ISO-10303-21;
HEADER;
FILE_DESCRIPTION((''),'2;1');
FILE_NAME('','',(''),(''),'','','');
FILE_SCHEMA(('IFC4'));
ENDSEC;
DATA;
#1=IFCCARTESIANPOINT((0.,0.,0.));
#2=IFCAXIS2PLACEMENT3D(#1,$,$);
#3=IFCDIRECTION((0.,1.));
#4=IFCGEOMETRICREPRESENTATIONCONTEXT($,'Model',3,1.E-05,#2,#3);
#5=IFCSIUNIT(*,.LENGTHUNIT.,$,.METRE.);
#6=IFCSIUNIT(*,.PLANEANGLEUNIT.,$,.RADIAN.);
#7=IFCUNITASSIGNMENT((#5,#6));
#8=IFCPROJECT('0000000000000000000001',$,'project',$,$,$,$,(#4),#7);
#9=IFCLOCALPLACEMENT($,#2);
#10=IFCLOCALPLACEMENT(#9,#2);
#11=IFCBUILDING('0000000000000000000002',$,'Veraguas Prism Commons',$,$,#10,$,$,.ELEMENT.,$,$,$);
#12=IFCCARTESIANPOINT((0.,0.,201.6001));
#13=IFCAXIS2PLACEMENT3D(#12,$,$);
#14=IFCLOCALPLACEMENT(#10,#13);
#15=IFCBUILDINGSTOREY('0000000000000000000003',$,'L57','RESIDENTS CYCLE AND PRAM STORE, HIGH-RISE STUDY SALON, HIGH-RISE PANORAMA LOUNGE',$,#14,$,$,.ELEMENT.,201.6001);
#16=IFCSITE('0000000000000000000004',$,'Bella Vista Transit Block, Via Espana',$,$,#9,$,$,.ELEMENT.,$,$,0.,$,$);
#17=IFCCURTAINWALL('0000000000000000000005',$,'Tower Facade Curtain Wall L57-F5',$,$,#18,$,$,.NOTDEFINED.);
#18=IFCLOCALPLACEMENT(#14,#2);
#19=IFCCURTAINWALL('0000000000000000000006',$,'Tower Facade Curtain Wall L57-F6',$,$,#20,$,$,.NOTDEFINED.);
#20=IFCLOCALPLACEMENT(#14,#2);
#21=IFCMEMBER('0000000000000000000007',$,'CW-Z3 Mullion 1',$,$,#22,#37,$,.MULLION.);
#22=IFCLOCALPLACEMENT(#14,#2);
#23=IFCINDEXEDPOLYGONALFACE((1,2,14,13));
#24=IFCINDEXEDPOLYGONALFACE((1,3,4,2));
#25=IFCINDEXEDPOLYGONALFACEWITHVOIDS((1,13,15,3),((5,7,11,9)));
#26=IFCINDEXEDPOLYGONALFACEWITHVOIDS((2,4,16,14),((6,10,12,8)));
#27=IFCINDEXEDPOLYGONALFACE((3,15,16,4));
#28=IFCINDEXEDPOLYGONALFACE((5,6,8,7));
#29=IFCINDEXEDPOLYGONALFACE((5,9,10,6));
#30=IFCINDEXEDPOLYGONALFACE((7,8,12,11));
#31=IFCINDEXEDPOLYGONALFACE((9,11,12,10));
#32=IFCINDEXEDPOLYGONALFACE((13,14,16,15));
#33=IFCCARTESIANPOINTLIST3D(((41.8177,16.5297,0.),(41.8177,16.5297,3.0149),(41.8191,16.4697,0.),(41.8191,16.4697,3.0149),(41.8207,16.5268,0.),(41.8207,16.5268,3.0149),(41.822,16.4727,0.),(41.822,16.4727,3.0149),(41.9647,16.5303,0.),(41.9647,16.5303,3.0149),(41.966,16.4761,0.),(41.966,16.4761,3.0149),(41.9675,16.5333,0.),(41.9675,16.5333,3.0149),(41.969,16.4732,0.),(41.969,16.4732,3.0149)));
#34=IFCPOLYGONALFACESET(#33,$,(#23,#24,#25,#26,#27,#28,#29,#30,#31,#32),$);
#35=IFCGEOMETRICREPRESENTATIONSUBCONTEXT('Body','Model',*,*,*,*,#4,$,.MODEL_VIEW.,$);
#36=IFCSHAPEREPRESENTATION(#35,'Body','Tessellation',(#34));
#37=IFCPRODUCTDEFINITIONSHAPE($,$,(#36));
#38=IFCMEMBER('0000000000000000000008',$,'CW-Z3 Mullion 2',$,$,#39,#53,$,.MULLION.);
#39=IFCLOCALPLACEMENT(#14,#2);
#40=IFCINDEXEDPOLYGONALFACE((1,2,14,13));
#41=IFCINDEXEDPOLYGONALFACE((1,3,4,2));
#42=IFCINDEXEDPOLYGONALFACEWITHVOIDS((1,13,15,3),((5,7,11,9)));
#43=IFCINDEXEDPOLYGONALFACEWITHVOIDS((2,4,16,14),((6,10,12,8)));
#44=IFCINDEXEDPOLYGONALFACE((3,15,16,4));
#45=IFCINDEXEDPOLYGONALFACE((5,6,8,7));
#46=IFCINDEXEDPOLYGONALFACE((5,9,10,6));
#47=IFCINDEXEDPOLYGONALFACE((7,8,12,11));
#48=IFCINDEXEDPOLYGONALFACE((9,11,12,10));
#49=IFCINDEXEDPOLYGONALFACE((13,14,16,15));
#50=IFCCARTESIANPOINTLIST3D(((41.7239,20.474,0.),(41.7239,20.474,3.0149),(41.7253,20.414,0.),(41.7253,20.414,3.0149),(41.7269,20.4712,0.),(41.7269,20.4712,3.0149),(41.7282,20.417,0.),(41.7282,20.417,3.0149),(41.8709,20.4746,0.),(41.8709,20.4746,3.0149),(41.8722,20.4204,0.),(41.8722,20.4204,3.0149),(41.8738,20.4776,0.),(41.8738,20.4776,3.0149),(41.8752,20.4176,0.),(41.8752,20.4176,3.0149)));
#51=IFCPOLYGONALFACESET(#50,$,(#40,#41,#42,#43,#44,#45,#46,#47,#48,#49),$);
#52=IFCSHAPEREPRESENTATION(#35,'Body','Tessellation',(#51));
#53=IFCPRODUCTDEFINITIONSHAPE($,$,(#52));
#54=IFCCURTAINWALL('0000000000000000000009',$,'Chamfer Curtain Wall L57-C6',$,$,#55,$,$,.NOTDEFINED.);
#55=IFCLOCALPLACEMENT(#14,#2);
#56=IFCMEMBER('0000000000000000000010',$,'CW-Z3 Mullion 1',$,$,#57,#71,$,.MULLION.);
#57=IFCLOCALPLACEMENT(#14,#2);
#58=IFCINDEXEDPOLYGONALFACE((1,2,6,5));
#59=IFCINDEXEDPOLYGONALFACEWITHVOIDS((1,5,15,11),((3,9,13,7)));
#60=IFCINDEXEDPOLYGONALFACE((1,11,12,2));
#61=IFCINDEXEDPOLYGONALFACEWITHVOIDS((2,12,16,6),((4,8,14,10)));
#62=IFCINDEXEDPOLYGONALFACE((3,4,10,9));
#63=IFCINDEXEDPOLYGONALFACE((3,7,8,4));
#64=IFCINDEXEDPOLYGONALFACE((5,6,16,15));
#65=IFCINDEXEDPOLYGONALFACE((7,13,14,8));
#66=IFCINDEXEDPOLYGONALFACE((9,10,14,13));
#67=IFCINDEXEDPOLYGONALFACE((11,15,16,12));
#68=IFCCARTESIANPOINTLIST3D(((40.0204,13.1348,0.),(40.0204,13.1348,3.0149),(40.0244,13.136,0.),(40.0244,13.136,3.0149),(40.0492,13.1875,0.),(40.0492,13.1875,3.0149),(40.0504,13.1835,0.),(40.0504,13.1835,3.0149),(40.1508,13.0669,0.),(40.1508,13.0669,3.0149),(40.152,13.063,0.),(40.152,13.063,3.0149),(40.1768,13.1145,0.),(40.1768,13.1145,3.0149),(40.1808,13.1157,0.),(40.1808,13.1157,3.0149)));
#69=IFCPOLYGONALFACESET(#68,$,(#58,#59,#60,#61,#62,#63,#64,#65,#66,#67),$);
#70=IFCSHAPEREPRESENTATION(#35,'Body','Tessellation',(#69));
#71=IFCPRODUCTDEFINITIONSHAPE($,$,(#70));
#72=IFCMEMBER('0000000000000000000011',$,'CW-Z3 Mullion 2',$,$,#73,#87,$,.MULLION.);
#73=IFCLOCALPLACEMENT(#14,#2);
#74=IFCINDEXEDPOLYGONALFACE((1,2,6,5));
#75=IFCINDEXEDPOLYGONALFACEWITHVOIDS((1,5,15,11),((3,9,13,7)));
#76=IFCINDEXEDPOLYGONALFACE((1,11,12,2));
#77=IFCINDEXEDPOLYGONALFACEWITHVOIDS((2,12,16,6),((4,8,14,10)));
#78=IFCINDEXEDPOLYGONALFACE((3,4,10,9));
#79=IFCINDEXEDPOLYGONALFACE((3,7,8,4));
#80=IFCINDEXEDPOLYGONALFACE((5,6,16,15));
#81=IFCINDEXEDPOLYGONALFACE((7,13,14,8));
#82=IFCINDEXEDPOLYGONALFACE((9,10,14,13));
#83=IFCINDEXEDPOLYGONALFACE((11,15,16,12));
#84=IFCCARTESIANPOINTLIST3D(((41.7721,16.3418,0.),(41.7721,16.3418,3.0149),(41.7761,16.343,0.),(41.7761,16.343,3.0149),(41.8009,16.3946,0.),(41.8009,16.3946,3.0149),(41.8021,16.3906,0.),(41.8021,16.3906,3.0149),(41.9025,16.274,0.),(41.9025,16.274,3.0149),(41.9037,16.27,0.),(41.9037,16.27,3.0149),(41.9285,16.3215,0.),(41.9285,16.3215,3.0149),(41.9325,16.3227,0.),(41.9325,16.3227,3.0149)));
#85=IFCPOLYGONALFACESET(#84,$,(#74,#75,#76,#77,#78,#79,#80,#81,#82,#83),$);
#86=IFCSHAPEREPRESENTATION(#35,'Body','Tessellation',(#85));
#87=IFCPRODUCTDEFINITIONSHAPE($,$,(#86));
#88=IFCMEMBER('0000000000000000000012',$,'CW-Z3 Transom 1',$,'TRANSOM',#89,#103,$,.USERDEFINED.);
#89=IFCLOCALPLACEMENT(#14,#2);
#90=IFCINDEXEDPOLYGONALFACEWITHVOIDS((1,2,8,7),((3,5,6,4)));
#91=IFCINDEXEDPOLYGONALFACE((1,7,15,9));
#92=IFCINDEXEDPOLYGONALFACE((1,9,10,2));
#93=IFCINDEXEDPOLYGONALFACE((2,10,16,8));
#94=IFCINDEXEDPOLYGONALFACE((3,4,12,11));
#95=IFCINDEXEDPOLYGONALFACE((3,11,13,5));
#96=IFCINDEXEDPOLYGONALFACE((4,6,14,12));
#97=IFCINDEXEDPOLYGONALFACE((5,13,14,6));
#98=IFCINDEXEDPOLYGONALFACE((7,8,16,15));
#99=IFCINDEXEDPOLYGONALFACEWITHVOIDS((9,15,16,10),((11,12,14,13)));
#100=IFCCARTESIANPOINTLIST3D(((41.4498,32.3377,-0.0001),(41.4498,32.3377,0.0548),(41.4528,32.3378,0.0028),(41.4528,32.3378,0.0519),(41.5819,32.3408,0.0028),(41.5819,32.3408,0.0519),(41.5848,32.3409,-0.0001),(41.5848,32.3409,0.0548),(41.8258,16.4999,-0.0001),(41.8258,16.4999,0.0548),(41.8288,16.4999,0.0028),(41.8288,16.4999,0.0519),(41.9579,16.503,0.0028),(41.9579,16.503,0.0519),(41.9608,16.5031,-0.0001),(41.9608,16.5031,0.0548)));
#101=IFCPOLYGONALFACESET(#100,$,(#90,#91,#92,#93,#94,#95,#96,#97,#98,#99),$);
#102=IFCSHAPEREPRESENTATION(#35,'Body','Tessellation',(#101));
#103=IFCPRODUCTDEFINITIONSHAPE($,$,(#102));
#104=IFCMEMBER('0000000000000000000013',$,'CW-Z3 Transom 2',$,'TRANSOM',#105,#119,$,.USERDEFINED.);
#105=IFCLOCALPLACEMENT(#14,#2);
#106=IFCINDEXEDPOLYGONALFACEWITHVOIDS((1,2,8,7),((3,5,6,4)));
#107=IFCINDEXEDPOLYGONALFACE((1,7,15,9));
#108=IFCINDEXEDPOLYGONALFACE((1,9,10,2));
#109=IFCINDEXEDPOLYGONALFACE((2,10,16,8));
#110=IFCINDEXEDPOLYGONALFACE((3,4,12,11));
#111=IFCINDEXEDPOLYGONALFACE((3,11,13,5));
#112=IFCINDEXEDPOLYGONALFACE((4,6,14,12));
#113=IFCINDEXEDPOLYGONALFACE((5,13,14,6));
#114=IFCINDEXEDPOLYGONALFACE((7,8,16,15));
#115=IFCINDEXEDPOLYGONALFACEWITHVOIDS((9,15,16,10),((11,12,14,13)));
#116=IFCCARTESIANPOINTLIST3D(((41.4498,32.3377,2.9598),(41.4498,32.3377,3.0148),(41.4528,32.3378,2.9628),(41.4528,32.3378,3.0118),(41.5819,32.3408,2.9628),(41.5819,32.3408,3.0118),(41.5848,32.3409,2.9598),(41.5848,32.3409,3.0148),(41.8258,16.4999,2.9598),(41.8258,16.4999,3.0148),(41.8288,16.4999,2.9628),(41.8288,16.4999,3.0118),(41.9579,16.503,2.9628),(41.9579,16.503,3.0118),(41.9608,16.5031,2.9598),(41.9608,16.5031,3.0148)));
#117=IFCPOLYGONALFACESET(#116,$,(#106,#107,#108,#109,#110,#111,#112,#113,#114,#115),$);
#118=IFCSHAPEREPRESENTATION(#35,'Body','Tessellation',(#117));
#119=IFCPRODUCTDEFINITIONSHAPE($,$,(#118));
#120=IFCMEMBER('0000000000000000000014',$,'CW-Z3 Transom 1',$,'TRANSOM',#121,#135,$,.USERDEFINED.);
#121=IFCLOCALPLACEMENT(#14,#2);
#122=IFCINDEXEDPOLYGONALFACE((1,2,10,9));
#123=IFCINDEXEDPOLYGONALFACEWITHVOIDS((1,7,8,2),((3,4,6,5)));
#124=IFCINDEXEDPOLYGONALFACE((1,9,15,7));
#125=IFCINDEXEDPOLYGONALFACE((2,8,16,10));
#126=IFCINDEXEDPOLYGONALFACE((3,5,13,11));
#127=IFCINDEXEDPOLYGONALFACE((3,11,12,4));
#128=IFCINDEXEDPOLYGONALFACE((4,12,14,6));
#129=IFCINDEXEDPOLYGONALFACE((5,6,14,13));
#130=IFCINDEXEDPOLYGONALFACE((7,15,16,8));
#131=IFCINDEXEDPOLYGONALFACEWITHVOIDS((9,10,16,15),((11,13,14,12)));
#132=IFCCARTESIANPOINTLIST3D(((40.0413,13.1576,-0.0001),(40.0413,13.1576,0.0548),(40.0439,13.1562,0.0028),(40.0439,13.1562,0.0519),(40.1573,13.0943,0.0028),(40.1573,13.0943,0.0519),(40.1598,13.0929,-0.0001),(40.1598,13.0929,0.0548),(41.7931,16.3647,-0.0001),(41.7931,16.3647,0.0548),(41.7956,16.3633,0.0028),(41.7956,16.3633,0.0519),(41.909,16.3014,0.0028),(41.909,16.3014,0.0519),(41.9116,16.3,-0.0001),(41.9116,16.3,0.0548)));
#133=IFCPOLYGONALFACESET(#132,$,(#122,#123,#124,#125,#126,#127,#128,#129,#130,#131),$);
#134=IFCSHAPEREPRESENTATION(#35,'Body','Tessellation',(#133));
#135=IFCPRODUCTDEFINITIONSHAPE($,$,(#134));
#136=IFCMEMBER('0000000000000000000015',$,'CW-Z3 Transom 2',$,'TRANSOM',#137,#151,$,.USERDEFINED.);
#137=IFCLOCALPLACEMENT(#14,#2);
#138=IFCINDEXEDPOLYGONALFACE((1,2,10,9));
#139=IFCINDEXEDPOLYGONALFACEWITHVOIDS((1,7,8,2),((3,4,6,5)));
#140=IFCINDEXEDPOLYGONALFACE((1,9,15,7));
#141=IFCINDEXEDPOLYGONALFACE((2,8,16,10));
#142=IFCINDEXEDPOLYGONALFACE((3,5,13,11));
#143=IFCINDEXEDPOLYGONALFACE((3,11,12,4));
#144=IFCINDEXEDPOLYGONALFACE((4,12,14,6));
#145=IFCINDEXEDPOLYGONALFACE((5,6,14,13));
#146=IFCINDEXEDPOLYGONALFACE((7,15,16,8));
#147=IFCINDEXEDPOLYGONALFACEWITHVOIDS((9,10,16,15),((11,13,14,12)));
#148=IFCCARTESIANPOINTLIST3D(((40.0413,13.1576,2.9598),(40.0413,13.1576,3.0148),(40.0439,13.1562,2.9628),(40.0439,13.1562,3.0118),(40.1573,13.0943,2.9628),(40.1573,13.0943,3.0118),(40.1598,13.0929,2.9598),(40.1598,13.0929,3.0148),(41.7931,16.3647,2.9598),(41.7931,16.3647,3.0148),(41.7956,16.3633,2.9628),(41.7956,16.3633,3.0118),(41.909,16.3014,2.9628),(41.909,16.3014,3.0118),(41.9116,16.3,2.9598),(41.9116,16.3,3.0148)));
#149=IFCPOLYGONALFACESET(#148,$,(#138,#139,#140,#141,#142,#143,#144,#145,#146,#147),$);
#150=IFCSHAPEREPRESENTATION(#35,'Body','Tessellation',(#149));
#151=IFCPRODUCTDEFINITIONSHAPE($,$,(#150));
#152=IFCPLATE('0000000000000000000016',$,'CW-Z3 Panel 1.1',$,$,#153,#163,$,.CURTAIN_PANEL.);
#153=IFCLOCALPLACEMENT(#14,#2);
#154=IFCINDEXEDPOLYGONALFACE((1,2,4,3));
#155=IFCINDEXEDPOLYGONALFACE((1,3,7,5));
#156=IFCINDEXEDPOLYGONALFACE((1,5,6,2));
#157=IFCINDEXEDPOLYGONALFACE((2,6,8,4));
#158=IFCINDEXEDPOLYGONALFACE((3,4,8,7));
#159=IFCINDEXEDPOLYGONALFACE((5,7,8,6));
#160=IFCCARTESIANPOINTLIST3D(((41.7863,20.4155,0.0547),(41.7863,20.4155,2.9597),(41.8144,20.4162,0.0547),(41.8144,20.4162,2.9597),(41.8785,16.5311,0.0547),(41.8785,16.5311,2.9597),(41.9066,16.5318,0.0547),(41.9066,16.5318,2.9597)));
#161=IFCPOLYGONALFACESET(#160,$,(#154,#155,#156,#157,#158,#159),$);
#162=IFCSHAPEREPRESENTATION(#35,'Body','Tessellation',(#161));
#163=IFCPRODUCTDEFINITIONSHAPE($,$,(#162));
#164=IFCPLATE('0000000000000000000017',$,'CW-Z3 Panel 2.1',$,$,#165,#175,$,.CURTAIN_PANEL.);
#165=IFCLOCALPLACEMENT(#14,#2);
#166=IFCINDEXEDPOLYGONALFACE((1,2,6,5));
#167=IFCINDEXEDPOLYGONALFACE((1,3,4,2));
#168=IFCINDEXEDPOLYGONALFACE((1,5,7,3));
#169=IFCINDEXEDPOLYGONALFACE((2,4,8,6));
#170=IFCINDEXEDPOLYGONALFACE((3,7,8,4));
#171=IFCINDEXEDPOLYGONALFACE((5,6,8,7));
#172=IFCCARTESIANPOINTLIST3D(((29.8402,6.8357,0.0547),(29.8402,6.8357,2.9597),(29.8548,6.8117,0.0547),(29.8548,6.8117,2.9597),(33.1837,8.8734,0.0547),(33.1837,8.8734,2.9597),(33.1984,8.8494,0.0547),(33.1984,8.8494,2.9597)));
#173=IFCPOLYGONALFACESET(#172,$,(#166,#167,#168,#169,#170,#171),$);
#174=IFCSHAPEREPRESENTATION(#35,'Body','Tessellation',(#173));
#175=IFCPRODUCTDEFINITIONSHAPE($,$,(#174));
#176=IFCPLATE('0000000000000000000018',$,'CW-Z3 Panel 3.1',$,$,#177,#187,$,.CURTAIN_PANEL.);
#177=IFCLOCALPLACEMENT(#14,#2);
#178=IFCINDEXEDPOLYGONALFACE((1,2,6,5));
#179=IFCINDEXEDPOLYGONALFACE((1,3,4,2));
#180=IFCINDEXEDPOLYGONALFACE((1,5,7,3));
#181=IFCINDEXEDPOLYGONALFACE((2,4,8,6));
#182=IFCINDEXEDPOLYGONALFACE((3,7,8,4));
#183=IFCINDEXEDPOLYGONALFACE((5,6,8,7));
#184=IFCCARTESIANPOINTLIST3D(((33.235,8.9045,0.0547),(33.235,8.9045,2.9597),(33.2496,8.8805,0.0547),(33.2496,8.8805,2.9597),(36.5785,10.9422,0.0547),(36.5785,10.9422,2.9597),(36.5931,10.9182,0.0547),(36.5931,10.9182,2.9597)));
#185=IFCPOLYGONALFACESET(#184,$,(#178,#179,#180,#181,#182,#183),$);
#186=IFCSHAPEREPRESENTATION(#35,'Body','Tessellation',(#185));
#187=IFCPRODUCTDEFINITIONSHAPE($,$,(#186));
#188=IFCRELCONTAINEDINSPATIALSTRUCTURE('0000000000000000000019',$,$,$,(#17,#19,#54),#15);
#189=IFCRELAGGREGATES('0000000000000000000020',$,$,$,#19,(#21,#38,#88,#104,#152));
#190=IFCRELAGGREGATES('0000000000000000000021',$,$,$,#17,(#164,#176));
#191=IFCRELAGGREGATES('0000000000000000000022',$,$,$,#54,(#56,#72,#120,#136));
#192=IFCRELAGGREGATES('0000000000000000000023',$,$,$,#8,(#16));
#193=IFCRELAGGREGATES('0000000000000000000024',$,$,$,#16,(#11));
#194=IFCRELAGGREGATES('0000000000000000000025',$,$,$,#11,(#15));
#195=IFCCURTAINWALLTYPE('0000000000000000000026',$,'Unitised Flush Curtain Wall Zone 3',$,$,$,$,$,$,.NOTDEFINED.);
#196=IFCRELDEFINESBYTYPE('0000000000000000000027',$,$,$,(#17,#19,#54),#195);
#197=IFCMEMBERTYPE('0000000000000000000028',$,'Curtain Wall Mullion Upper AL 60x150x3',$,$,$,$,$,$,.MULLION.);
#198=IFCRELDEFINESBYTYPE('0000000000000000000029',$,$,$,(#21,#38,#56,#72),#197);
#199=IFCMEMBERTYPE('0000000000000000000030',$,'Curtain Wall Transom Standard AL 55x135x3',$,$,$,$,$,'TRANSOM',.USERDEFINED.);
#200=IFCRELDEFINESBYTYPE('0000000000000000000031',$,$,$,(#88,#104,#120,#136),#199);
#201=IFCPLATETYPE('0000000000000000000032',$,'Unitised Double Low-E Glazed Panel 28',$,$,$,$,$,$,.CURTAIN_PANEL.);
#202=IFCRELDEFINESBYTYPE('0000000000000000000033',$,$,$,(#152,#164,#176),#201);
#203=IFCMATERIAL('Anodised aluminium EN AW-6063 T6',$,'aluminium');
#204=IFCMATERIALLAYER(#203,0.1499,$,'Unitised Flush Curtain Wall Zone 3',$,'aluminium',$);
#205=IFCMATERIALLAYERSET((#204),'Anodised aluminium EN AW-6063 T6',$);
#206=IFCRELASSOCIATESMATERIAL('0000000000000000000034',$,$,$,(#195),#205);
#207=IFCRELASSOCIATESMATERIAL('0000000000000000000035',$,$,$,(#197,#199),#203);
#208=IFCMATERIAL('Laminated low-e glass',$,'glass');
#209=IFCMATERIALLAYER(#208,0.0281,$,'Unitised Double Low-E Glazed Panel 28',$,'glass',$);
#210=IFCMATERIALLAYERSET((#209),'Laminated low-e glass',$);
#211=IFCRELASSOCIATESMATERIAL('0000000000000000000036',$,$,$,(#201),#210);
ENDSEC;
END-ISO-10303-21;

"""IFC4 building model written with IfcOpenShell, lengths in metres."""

from ifc_helpers import new_model, si_unit, direction, frame, origin, origin_2d, place, context, subcontext, project, spatial, rectangle, hollow_rectangle, extrude, source, transform, mapped, material, layer, layer_set, material_profile, profile_set, type_object, element, aggregate, save


model = new_model("IFC4")

# Units and contexts
model_context = context("Model", 3, precision=1e-05, world=origin(), true_north=direction((0.0, 1.0)))
body_context = subcontext(model_context, "Body", "Model", "MODEL_VIEW")
ifc_project = project(units=[si_unit("LENGTHUNIT", "METRE"), si_unit("PLANEANGLEUNIT", "RADIAN")], contexts=[model_context])

# Site, building, storey
site_placement = place(None, origin())
site = spatial("IfcSite", under=ifc_project, at=site_placement, Name="Bella Vista Transit Block, Via Espana", CompositionType="ELEMENT", RefElevation=0.0)
building_placement = place(site_placement, origin())
building = spatial("IfcBuilding", under=site, at=building_placement, Name="Veraguas Prism Commons", CompositionType="ELEMENT")
storey_placement = place(building_placement, frame((0.0, 0.0, 201.6001)))
storey = spatial("IfcBuildingStorey", under=building, at=storey_placement, Name="L57", Description="RESIDENTS CYCLE AND PRAM STORE, HIGH-RISE STUDY SALON, HIGH-RISE PANORAMA LOUNGE", CompositionType="ELEMENT", Elevation=201.6001)

# Curtain walls, members
ifc_material_1 = material(Name="Anodised aluminium EN AW-6063 T6", Category="aluminium")
ifc_layer_1 = layer(ifc_material_1, 0.1499, Name="Unitised Flush Curtain Wall Zone 3", Category="aluminium")
ifc_layer_set_1 = layer_set([ifc_layer_1], Name="Anodised aluminium EN AW-6063 T6")
curtain_wall_type = type_object("IfcCurtainWallType", Name="Unitised Flush Curtain Wall Zone 3", PredefinedType="NOTDEFINED", material=ifc_layer_set_1)
curtain_wall_1_placement = place(storey_placement, origin())
curtain_wall_1 = element("IfcCurtainWall", 1, at=curtain_wall_1_placement, inside=storey, type_object=curtain_wall_type, Name="Tower Facade Curtain Wall L57-F5", PredefinedType="NOTDEFINED")
ifc_material_profile_1 = material_profile(ifc_material_1, hollow_rectangle(XDim=0.0601, YDim=0.1499, WallThickness=0.0029, at=origin_2d()), Name="AL60X150X3")
ifc_profile_set_1 = profile_set([ifc_material_profile_1], Name="Anodised aluminium EN AW-6063 T6")
member_type_1 = type_object("IfcMemberType", Name="Curtain Wall Mullion Upper AL 60x150x3", PredefinedType="MULLION", material=ifc_profile_set_1)
shared_shape_1 = source(origin(), body_context, "Body", "SweptSolid", [
    extrude(hollow_rectangle(XDim=0.0601, YDim=0.1499, WallThickness=0.0029, at=origin_2d()), origin(), (0.0, 0.0, 1.0), 3.0149),
])
curtain_wall_2_placement = place(storey_placement, origin())
curtain_wall_2 = element("IfcCurtainWall", 2, at=curtain_wall_2_placement, inside=storey, type_object=curtain_wall_type, Name="Tower Facade Curtain Wall L57-F6", PredefinedType="NOTDEFINED")
member_1_placement = place(storey_placement, frame((41.8933, 16.5015, 0.0), z_axis=(0.0, 0.0, 1.0), x_axis=(-0.023738, 0.999718, 0.0)))
member_1 = element("IfcMember", 3, at=member_1_placement, type_object=member_type_1, Name="CW-Z3 Mullion 1", PredefinedType="MULLION", context=body_context, shape_type="MappedRepresentation", body=[
    mapped(shared_shape_1, transform((0.0, 0.0, 0.0), scale=1.0)),
])
member_2_placement = place(storey_placement, frame((41.7996, 20.4458, 0.0), z_axis=(0.0, 0.0, 1.0), x_axis=(-0.023738, 0.999718, 0.0)))
member_2 = element("IfcMember", 4, at=member_2_placement, type_object=member_type_1, Name="CW-Z3 Mullion 2", PredefinedType="MULLION", context=body_context, shape_type="MappedRepresentation", body=[
    mapped(shared_shape_1, transform((0.0, 0.0, 0.0), scale=1.0)),
])
curtain_wall_3_placement = place(storey_placement, origin())
curtain_wall_3 = element("IfcCurtainWall", 5, at=curtain_wall_3_placement, inside=storey, type_object=curtain_wall_type, Name="Chamfer Curtain Wall L57-C6", PredefinedType="NOTDEFINED")
member_3_placement = place(storey_placement, frame((40.1006, 13.1252, 0.0), z_axis=(0.0, 0.0, 1.0), x_axis=(0.479303, 0.877649, 0.0)))
member_3 = element("IfcMember", 6, at=member_3_placement, type_object=member_type_1, Name="CW-Z3 Mullion 1", PredefinedType="MULLION", context=body_context, shape_type="MappedRepresentation", body=[
    mapped(shared_shape_1, transform((0.0, 0.0, 0.0), scale=1.0)),
])
member_4_placement = place(storey_placement, frame((41.8523, 16.3323, 0.0), z_axis=(0.0, 0.0, 1.0), x_axis=(0.479303, 0.877649, 0.0)))
member_4 = element("IfcMember", 7, at=member_4_placement, type_object=member_type_1, Name="CW-Z3 Mullion 2", PredefinedType="MULLION", context=body_context, shape_type="MappedRepresentation", body=[
    mapped(shared_shape_1, transform((0.0, 0.0, 0.0), scale=1.0)),
])

# Members
ifc_material_profile_2 = material_profile(ifc_material_1, hollow_rectangle(XDim=0.0549, YDim=0.135, WallThickness=0.0029, at=origin_2d()), Name="AL55X135X3")
ifc_profile_set_2 = profile_set([ifc_material_profile_2], Name="Anodised aluminium EN AW-6063 T6")
member_type_2 = type_object("IfcMemberType", Name="Curtain Wall Transom Standard AL 55x135x3", ElementType="TRANSOM", PredefinedType="USERDEFINED", material=ifc_profile_set_2)
shared_shape_2 = source(origin(), body_context, "Body", "SweptSolid", [
    extrude(hollow_rectangle(XDim=0.0549, YDim=0.135, WallThickness=0.0029, at=origin_2d()), origin(), (0.0, 0.0, 1.0), 15.8423),
])
member_5_placement = place(storey_placement, frame((41.8933, 16.5015, 0.0273), z_axis=(-0.023732, 0.999718, 0.0), x_axis=(0.0, 0.0, 1.0)))
member_5 = element("IfcMember", 8, at=member_5_placement, type_object=member_type_2, Name="CW-Z3 Transom 1", ObjectType="TRANSOM", PredefinedType="USERDEFINED", context=body_context, shape_type="MappedRepresentation", body=[
    mapped(shared_shape_2, transform((0.0, 0.0, 0.0), scale=1.0)),
])
member_6_placement = place(storey_placement, frame((41.8933, 16.5015, 2.9873), z_axis=(-0.023732, 0.999718, 0.0), x_axis=(0.0, 0.0, 1.0)))
member_6 = element("IfcMember", 9, at=member_6_placement, type_object=member_type_2, Name="CW-Z3 Transom 2", ObjectType="TRANSOM", PredefinedType="USERDEFINED", context=body_context, shape_type="MappedRepresentation", body=[
    mapped(shared_shape_2, transform((0.0, 0.0, 0.0), scale=1.0)),
])
shared_shape_3 = source(origin(), body_context, "Body", "SweptSolid", [
    extrude(hollow_rectangle(XDim=0.0549, YDim=0.135, WallThickness=0.0029, at=origin_2d()), origin(), (0.0, 0.0, 1.0), 3.6543),
])
member_7_placement = place(storey_placement, frame((40.1006, 13.1252, 0.0273), z_axis=(0.479362, 0.877617, 0.0), x_axis=(0.0, 0.0, 1.0)))
member_7 = element("IfcMember", 10, at=member_7_placement, type_object=member_type_2, Name="CW-Z3 Transom 1", ObjectType="TRANSOM", PredefinedType="USERDEFINED", context=body_context, shape_type="MappedRepresentation", body=[
    mapped(shared_shape_3, transform((0.0, 0.0, 0.0), scale=1.0)),
])
member_8_placement = place(storey_placement, frame((40.1006, 13.1252, 2.9873), z_axis=(0.479362, 0.877617, 0.0), x_axis=(0.0, 0.0, 1.0)))
member_8 = element("IfcMember", 11, at=member_8_placement, type_object=member_type_2, Name="CW-Z3 Transom 2", ObjectType="TRANSOM", PredefinedType="USERDEFINED", context=body_context, shape_type="MappedRepresentation", body=[
    mapped(shared_shape_3, transform((0.0, 0.0, 0.0), scale=1.0)),
])

# Plates
ifc_material_2 = material(Name="Laminated low-e glass", Category="glass")
ifc_layer_2 = layer(ifc_material_2, 0.0281, Name="Unitised Double Low-E Glazed Panel 28", Category="glass")
ifc_layer_set_2 = layer_set([ifc_layer_2], Name="Laminated low-e glass")
plate_type = type_object("IfcPlateType", Name="Unitised Double Low-E Glazed Panel 28", PredefinedType="CURTAIN_PANEL", material=ifc_layer_set_2)
shared_shape_4 = source(origin(), body_context, "Body", "SweptSolid", [
    extrude(rectangle(XDim=3.8855, YDim=0.0281, at=origin_2d()), origin(), (0.0, 0.0, 1.0), 2.905),
])
plate_1_placement = place(storey_placement, frame((41.8464, 18.4736, 0.0547), z_axis=(0.0, 0.0, 1.0), x_axis=(-0.023738, 0.999718, 0.0)))
plate_1 = element("IfcPlate", 12, at=plate_1_placement, type_object=plate_type, Name="CW-Z3 Panel 1.1", PredefinedType="CURTAIN_PANEL", context=body_context, shape_type="MappedRepresentation", body=[
    mapped(shared_shape_4, transform((0.0, 0.0, 0.0), scale=1.0)),
])
aggregate(curtain_wall_2, [member_1, member_2, member_5, member_6, plate_1])
shared_shape_5 = source(origin(), body_context, "Body", "SweptSolid", [
    extrude(rectangle(XDim=3.9155, YDim=0.0281, at=origin_2d()), origin(), (0.0, 0.0, 1.0), 2.905),
])
plate_2_placement = place(storey_placement, frame((31.5193, 7.8425, 0.0547), z_axis=(0.0, 0.0, 1.0), x_axis=(0.853914, 0.520414, 0.0)))
plate_2 = element("IfcPlate", 13, at=plate_2_placement, type_object=plate_type, Name="CW-Z3 Panel 2.1", PredefinedType="CURTAIN_PANEL", context=body_context, shape_type="MappedRepresentation", body=[
    mapped(shared_shape_5, transform((0.0, 0.0, 0.0), scale=1.0)),
])
plate_3_placement = place(storey_placement, frame((34.9141, 9.9114, 0.0547), z_axis=(0.0, 0.0, 1.0), x_axis=(0.853914, 0.520414, 0.0)))
plate_3 = element("IfcPlate", 14, at=plate_3_placement, type_object=plate_type, Name="CW-Z3 Panel 3.1", PredefinedType="CURTAIN_PANEL", context=body_context, shape_type="MappedRepresentation", body=[
    mapped(shared_shape_5, transform((0.0, 0.0, 0.0), scale=1.0)),
])
aggregate(curtain_wall_1, [plate_2, plate_3])
aggregate(curtain_wall_3, [member_3, member_4, member_7, member_8])

save(model, "model.ifc")
